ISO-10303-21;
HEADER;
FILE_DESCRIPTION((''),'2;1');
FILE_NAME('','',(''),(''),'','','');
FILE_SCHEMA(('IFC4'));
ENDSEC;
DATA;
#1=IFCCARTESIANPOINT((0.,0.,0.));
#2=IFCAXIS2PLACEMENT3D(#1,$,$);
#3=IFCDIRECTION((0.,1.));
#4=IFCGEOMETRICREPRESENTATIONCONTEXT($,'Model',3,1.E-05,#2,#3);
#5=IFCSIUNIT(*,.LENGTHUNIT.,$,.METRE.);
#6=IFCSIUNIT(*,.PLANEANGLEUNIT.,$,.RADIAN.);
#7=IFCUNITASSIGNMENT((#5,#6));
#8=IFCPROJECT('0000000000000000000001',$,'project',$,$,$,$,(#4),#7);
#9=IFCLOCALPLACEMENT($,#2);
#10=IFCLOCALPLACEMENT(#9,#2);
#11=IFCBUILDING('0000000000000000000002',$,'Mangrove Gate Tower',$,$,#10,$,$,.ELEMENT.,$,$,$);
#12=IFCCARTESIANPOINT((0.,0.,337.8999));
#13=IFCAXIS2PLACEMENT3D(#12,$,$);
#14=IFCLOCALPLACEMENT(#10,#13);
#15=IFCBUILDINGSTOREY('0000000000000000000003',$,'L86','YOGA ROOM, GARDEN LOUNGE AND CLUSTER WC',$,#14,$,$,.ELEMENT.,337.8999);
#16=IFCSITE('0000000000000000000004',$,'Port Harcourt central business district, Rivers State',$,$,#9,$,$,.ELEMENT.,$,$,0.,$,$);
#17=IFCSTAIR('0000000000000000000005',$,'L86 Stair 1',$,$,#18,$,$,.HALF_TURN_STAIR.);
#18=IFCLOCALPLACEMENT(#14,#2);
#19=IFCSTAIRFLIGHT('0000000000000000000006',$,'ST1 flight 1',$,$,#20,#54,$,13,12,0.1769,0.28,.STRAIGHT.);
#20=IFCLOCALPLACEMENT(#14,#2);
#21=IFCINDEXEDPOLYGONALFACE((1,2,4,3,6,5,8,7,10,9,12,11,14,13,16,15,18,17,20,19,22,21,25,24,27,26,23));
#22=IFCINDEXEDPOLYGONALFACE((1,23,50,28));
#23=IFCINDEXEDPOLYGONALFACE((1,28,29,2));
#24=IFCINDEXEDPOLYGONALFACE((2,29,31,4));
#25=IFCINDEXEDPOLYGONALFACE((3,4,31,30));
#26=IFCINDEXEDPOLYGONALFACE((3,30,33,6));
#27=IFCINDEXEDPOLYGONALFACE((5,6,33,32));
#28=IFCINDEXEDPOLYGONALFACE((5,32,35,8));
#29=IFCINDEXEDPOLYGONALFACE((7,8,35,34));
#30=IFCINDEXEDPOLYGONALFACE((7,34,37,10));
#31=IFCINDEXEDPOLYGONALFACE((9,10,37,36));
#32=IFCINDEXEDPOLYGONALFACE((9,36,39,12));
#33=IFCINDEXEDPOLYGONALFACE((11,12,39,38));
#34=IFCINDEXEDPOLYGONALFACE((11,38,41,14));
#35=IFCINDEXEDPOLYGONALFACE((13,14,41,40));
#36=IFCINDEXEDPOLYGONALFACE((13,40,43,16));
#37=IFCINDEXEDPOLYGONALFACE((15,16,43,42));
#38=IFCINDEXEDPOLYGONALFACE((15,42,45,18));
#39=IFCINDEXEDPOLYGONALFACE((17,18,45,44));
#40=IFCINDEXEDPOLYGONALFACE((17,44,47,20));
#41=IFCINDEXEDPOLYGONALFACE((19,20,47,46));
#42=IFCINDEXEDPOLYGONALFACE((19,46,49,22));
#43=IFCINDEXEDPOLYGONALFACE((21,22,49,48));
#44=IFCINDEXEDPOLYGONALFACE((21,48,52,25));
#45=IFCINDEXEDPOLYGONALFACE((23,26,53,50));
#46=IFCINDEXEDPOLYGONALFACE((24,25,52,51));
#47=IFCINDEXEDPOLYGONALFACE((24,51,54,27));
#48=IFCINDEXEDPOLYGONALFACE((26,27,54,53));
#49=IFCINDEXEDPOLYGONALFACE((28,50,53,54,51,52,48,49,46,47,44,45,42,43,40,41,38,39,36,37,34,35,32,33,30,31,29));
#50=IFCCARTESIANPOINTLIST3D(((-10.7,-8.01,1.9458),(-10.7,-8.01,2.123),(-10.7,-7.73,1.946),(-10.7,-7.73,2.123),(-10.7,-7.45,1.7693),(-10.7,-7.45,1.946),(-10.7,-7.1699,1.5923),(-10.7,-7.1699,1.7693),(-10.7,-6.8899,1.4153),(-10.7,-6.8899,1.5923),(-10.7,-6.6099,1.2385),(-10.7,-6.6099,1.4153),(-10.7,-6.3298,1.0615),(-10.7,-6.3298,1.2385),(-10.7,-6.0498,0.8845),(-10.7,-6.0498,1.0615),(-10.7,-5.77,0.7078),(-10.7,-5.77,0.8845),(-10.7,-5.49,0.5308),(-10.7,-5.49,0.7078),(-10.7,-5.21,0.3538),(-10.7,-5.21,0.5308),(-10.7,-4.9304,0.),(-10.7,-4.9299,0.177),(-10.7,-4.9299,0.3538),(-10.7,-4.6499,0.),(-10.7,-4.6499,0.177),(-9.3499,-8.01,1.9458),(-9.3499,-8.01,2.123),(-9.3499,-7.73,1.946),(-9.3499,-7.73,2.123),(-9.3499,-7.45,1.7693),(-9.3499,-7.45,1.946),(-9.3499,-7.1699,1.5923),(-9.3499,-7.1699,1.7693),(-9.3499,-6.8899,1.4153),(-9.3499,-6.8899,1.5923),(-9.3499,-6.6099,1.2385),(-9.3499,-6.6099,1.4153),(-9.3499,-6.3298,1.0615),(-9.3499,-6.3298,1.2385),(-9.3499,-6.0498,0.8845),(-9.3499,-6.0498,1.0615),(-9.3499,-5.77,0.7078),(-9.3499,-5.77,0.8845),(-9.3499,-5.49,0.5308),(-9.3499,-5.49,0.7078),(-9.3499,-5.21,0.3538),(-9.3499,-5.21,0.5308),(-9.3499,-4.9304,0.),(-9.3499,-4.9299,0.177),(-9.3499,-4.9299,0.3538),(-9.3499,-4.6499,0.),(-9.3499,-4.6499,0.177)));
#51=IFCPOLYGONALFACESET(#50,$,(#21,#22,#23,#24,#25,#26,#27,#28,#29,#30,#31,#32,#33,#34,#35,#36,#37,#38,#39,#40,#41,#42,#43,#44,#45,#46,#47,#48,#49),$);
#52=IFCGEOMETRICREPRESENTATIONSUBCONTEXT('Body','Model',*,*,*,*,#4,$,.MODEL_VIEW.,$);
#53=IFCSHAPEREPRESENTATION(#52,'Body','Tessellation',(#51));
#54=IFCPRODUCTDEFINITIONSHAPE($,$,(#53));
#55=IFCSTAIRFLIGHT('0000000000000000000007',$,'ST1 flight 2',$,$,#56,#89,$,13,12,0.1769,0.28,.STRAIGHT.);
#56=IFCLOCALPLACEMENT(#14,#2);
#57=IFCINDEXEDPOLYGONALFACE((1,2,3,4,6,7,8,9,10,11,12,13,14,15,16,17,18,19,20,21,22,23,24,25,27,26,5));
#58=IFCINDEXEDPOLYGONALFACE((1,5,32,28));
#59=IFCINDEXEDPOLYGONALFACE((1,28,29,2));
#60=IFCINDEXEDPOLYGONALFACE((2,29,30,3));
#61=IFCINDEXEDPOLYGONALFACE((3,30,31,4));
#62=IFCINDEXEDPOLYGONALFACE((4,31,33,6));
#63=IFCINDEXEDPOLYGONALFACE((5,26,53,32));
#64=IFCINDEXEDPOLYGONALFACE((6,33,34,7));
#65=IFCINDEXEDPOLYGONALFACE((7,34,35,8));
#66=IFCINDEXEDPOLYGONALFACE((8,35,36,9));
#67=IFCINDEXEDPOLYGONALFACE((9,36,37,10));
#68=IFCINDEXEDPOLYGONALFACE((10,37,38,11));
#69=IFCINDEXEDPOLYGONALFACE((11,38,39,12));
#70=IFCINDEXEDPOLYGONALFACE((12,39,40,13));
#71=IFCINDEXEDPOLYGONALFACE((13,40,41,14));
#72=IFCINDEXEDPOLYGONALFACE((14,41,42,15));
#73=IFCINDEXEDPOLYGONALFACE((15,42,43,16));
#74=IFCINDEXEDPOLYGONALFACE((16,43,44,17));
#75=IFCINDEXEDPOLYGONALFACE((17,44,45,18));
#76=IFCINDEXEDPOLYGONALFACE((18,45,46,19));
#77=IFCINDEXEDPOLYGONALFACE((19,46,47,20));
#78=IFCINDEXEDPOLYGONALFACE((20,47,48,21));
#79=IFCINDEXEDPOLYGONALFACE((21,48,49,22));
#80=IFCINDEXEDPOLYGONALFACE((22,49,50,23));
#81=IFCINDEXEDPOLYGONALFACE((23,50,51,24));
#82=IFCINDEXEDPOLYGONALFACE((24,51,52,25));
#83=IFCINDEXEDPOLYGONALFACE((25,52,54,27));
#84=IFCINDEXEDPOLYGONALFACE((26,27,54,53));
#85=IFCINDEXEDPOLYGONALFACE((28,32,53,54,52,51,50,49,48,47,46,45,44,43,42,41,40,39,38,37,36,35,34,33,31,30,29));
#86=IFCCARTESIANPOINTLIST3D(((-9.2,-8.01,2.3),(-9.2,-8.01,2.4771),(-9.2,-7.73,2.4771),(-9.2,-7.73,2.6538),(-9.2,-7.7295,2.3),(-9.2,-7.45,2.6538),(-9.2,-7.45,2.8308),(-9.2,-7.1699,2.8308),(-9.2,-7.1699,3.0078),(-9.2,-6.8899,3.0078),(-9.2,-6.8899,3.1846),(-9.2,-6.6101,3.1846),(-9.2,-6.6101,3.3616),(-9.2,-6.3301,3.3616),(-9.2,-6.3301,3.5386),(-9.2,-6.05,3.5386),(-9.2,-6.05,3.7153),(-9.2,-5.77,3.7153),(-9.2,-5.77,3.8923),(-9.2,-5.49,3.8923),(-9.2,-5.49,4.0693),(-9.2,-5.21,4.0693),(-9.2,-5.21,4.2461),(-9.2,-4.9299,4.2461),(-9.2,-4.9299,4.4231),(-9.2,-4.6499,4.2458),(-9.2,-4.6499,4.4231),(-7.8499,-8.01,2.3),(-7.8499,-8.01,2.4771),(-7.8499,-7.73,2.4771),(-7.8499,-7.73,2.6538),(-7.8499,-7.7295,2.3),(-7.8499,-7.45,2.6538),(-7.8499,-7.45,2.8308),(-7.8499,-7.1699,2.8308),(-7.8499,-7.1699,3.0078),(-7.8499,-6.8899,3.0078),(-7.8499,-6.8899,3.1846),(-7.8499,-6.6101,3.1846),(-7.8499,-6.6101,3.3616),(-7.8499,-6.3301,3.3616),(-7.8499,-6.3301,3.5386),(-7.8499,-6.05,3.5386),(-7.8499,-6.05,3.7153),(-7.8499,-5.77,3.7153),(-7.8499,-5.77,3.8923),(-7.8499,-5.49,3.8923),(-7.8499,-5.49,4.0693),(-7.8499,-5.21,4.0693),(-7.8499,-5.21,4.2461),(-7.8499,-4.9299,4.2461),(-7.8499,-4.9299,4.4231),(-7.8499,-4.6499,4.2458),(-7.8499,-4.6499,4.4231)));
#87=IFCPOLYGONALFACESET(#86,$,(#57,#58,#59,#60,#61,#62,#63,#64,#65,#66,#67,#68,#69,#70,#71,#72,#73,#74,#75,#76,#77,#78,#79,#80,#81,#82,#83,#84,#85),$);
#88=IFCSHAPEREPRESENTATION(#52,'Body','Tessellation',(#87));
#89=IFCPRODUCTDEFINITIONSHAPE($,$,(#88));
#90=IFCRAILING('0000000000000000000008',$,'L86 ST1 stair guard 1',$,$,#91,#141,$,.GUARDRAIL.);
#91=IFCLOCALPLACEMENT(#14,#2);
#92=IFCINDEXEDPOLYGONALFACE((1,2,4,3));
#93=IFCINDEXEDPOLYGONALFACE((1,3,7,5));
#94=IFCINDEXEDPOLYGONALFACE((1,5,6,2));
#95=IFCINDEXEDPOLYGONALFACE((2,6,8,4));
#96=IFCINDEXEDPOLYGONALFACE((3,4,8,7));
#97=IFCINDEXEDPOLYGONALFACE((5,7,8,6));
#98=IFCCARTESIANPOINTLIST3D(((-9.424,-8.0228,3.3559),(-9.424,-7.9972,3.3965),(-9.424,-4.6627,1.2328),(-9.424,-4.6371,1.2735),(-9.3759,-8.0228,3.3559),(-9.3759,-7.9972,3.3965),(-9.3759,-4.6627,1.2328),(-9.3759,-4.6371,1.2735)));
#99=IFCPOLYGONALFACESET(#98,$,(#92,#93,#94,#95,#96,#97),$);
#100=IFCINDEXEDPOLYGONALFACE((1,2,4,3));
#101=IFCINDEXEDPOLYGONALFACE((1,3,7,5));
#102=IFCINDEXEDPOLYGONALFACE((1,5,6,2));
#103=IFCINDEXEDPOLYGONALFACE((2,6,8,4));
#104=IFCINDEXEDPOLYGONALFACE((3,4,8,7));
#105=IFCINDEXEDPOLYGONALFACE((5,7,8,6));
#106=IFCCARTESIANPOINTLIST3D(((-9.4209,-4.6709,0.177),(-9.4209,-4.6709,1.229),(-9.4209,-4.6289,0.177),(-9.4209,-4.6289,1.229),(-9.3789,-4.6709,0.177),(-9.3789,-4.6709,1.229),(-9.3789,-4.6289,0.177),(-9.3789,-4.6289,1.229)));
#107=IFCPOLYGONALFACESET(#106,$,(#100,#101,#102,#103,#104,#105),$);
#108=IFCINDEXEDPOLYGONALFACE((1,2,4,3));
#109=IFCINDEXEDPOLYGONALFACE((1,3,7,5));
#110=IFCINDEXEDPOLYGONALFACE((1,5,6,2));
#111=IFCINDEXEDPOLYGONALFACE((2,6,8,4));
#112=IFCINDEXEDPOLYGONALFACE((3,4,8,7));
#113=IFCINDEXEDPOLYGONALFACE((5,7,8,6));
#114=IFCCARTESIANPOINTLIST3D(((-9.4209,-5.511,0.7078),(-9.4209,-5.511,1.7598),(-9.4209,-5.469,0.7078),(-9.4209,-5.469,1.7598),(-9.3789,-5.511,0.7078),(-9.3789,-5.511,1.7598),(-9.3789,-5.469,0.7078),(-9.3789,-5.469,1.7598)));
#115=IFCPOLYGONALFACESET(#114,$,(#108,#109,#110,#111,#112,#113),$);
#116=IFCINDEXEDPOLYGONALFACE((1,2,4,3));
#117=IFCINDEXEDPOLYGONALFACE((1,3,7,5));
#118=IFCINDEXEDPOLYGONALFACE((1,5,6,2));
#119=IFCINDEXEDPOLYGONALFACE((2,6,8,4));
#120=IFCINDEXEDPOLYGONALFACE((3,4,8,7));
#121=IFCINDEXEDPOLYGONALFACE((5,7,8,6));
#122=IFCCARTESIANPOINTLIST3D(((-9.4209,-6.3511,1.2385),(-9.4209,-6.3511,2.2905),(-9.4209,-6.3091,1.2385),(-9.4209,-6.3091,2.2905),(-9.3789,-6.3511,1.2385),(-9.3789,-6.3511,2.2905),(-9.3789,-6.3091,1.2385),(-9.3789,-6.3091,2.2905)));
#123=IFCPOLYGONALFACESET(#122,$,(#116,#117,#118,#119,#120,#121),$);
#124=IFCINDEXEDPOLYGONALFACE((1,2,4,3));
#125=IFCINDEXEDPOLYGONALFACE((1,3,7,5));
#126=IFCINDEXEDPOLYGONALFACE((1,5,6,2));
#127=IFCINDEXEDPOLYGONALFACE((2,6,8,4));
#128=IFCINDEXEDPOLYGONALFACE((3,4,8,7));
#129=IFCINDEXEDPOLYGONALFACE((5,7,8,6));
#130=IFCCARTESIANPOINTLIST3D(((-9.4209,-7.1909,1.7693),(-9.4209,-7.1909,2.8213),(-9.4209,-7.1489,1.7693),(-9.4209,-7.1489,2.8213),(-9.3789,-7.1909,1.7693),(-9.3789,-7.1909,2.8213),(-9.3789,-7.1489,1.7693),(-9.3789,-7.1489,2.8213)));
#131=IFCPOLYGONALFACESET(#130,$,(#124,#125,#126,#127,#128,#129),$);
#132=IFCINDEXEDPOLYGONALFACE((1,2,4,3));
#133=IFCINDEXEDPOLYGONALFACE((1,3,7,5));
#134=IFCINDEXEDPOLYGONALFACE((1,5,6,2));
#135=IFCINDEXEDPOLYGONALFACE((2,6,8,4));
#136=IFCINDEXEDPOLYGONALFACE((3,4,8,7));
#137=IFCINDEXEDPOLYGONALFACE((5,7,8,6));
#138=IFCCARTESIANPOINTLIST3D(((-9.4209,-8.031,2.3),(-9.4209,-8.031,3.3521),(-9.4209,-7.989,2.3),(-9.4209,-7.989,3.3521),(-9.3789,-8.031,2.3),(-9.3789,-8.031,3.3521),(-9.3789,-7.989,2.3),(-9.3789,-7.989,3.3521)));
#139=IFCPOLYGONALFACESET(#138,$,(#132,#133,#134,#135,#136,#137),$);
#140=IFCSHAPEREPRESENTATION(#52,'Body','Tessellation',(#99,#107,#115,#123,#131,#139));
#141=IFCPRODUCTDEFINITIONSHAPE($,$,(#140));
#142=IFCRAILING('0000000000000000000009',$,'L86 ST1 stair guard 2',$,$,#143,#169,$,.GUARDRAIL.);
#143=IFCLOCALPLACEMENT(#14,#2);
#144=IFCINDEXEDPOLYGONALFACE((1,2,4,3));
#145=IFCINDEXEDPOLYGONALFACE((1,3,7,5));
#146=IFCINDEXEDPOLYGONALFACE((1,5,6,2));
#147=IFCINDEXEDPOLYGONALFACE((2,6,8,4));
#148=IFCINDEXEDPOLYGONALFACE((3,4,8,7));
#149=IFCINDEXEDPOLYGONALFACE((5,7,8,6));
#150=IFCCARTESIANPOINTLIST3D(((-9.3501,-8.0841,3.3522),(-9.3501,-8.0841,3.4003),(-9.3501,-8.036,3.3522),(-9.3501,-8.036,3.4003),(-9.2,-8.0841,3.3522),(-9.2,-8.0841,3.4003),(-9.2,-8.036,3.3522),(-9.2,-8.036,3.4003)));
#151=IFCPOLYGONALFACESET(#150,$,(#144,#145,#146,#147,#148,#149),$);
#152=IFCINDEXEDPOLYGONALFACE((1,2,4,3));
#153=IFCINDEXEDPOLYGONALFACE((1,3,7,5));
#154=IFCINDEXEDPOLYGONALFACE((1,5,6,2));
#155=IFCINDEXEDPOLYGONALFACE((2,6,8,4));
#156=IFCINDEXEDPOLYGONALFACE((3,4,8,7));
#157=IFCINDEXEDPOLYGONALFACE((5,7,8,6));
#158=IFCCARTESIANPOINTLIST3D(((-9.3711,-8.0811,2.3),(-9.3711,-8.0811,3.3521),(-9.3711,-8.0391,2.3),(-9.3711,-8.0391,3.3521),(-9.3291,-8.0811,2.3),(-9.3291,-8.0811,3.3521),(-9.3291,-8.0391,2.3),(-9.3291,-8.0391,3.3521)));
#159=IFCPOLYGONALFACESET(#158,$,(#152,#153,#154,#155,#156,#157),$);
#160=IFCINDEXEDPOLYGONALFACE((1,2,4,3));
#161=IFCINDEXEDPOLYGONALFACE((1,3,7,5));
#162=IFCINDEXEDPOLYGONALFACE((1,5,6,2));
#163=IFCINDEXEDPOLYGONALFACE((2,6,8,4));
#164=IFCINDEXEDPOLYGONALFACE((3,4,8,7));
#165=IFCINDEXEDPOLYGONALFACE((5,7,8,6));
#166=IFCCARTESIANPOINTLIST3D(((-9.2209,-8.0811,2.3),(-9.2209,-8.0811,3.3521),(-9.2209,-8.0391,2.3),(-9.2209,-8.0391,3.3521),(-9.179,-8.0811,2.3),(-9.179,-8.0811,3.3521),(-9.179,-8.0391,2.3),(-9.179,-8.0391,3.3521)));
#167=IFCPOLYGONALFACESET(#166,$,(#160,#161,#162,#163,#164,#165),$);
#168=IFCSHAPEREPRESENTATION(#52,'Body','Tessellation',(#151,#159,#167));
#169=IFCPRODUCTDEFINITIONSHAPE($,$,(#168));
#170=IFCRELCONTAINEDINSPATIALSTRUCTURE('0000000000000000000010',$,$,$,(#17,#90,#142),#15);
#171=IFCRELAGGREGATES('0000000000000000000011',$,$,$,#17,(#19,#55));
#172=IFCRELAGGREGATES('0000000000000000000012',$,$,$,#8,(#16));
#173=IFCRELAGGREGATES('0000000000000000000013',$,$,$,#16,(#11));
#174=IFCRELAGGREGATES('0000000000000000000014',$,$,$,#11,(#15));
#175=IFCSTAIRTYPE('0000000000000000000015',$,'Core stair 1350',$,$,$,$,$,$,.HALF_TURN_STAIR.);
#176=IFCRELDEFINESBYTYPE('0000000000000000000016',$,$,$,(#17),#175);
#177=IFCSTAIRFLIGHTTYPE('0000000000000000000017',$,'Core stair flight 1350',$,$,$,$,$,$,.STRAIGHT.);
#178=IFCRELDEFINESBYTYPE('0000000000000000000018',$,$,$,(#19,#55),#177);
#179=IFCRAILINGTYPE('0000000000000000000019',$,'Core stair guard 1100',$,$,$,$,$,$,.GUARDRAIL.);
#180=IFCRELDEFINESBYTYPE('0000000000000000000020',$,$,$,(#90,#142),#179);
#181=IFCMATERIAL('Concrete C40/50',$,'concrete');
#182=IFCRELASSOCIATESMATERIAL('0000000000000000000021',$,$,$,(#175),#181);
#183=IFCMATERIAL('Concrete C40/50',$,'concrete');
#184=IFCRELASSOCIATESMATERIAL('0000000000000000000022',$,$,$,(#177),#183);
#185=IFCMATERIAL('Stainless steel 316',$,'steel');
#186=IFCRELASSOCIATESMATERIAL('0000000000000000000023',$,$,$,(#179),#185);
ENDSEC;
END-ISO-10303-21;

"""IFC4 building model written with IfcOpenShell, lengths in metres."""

from ifc_helpers import new_model, si_unit, direction, frame, origin, origin_2d, place, context, subcontext, project, spatial, polyline, rectangle, outline, extrude, material, type_object, element, aggregate, save


model = new_model("IFC4")

# Units and contexts
model_context = context("Model", 3, precision=1e-05, world=origin(), true_north=direction((0.0, 1.0)))
body_context = subcontext(model_context, "Body", "Model", "MODEL_VIEW")
ifc_project = project(units=[si_unit("LENGTHUNIT", "METRE"), si_unit("PLANEANGLEUNIT", "RADIAN")], contexts=[model_context])

# Site, building, storey
site_placement = place(None, origin())
site = spatial("IfcSite", under=ifc_project, at=site_placement, Name="Port Harcourt central business district, Rivers State", CompositionType="ELEMENT", RefElevation=0.0)
building_placement = place(site_placement, origin())
building = spatial("IfcBuilding", under=site, at=building_placement, Name="Mangrove Gate Tower", CompositionType="ELEMENT")
storey_placement = place(building_placement, frame((0.0, 0.0, 337.8999)))
storey = spatial("IfcBuildingStorey", under=building, at=storey_placement, Name="L86", Description="YOGA ROOM, GARDEN LOUNGE AND CLUSTER WC", CompositionType="ELEMENT", Elevation=337.8999)

# Stair, stair flights
ifc_material_1 = material(Name="Concrete C40/50", Category="concrete")
stair_type = type_object("IfcStairType", Name="Core stair 1350", PredefinedType="HALF_TURN_STAIR", material=ifc_material_1)
stair_placement = place(storey_placement, origin())
stair = element("IfcStair", 1, at=stair_placement, inside=storey, type_object=stair_type, Name="L86 Stair 1", PredefinedType="HALF_TURN_STAIR")
ifc_material_2 = material(Name="Concrete C40/50", Category="concrete")
stair_flight_type = type_object("IfcStairFlightType", Name="Core stair flight 1350", PredefinedType="STRAIGHT", material=ifc_material_2)
stair_flight_1_placement = place(storey_placement, frame((-10.0249, -4.6499, 0.0), z_axis=(0.0, 0.0, 1.0), x_axis=(0.0, -1.0, 0.0)))
stair_flight_1 = element("IfcStairFlight", 2, at=stair_flight_1_placement, type_object=stair_flight_type, Name="ST1 flight 1", NumberOfRisers=13, NumberOfTreads=12, PredefinedType="STRAIGHT", RiserHeight=0.1769, TreadLength=0.28, context=body_context, shape_type="SweptSolid", body=[
    extrude(outline(polyline([(0.0, 0.0), (0.0, 0.177), (0.28, 0.177), (0.28, 0.3538), (0.5601, 0.3538), (0.5601, 0.5308), (0.8401, 0.5308), (0.8401, 0.7078), (1.1201, 0.7078), (1.1201, 0.8845), (1.3999, 0.8845), (1.3999, 1.0615), (1.6799, 1.0615), (1.6799, 1.2385), (1.96, 1.2385), (1.96, 1.4153), (2.24, 1.4153), (2.24, 1.5923), (2.52, 1.5923), (2.52, 1.7693), (2.8, 1.7693), (2.8, 1.946), (3.0801, 1.946), (3.0801, 2.123), (3.3601, 2.123), (3.3601, 2.3), (3.3601, 1.9458), (0.2805, 0.0), (0.0, 0.0)])), frame((0.0, 0.675, 0.0), z_axis=(0.0, -1.0, 0.0), x_axis=(1.0, 0.0, 0.0)), (0.0, 0.0, 1.0), 1.3501),
])
stair_flight_2_placement = place(storey_placement, frame((-8.5249, -8.01, 2.3), z_axis=(0.0, 0.0, 1.0), x_axis=(0.0, 1.0, 0.0)))
stair_flight_2 = element("IfcStairFlight", 3, at=stair_flight_2_placement, type_object=stair_flight_type, Name="ST1 flight 2", NumberOfRisers=13, NumberOfTreads=12, PredefinedType="STRAIGHT", RiserHeight=0.1769, TreadLength=0.28, context=body_context, shape_type="SweptSolid", body=[
    extrude(outline(polyline([(0.0, 0.0), (0.0, 0.177), (0.28, 0.177), (0.28, 0.3538), (0.5601, 0.3538), (0.5601, 0.5308), (0.8401, 0.5308), (0.8401, 0.7078), (1.1201, 0.7078), (1.1201, 0.8845), (1.3999, 0.8845), (1.3999, 1.0615), (1.6799, 1.0615), (1.6799, 1.2385), (1.96, 1.2385), (1.96, 1.4153), (2.24, 1.4153), (2.24, 1.5923), (2.52, 1.5923), (2.52, 1.7693), (2.8, 1.7693), (2.8, 1.946), (3.0801, 1.946), (3.0801, 2.123), (3.3601, 2.123), (3.3601, 2.3), (3.3601, 1.9458), (0.2805, 0.0), (0.0, 0.0)])), frame((0.0, 0.675, 0.0), z_axis=(0.0, -1.0, 0.0), x_axis=(1.0, 0.0, 0.0)), (0.0, 0.0, 1.0), 1.3501),
])
aggregate(stair, [stair_flight_1, stair_flight_2])

# Railings
ifc_material_3 = material(Name="Stainless steel 316", Category="steel")
railing_type_1 = type_object("IfcRailingType", Name="Core stair guard 1100", PredefinedType="GUARDRAIL", material=ifc_material_3)
railing_1_placement = place(storey_placement, frame((-9.3999, -4.6499, 0.177)))
element("IfcRailing", 4, at=railing_1_placement, inside=storey, type_object=railing_type_1, Name="L86 ST1 stair guard 1", PredefinedType="GUARDRAIL", context=body_context, shape_type="SweptSolid", body=[
    extrude(rectangle(XDim=0.0481, YDim=0.0481, at=origin_2d()), frame((0.0, 0.0, 1.0762), z_axis=(0.0, -0.84539, 0.53415), x_axis=(1.0, 0.0, 0.0)), (0.0, 0.0, 1.0), 3.9746),
    extrude(rectangle(XDim=0.042, YDim=0.042, at=origin_2d()), origin(), (0.0, 0.0, 1.0), 1.052),
    extrude(rectangle(XDim=0.042, YDim=0.042, at=origin_2d()), frame((0.0, -0.8401, 0.5308)), (0.0, 0.0, 1.0), 1.052),
    extrude(rectangle(XDim=0.042, YDim=0.042, at=origin_2d()), frame((0.0, -1.6802, 1.0615)), (0.0, 0.0, 1.0), 1.052),
    extrude(rectangle(XDim=0.042, YDim=0.042, at=origin_2d()), frame((0.0, -2.52, 1.5923)), (0.0, 0.0, 1.0), 1.052),
    extrude(rectangle(XDim=0.042, YDim=0.042, at=origin_2d()), frame((0.0, -3.3601, 2.123)), (0.0, 0.0, 1.0), 1.052),
])
railing_2_placement = place(storey_placement, frame((-9.3501, -8.0601, 2.3)))
element("IfcRailing", 5, at=railing_2_placement, inside=storey, type_object=railing_type_1, Name="L86 ST1 stair guard 2", PredefinedType="GUARDRAIL", context=body_context, shape_type="SweptSolid", body=[
    extrude(rectangle(XDim=0.0481, YDim=0.0481, at=origin_2d()), frame((0.0, 0.0, 1.0762), z_axis=(1.0, 0.0, 0.0), x_axis=(0.0, 1.0, 0.0)), (0.0, 0.0, 1.0), 0.1501),
    extrude(rectangle(XDim=0.042, YDim=0.042, at=origin_2d()), origin(), (0.0, 0.0, 1.0), 1.052),
    extrude(rectangle(XDim=0.042, YDim=0.042, at=origin_2d()), frame((0.1501, 0.0, 0.0)), (0.0, 0.0, 1.0), 1.052),
])

save(model, "model.ifc")
